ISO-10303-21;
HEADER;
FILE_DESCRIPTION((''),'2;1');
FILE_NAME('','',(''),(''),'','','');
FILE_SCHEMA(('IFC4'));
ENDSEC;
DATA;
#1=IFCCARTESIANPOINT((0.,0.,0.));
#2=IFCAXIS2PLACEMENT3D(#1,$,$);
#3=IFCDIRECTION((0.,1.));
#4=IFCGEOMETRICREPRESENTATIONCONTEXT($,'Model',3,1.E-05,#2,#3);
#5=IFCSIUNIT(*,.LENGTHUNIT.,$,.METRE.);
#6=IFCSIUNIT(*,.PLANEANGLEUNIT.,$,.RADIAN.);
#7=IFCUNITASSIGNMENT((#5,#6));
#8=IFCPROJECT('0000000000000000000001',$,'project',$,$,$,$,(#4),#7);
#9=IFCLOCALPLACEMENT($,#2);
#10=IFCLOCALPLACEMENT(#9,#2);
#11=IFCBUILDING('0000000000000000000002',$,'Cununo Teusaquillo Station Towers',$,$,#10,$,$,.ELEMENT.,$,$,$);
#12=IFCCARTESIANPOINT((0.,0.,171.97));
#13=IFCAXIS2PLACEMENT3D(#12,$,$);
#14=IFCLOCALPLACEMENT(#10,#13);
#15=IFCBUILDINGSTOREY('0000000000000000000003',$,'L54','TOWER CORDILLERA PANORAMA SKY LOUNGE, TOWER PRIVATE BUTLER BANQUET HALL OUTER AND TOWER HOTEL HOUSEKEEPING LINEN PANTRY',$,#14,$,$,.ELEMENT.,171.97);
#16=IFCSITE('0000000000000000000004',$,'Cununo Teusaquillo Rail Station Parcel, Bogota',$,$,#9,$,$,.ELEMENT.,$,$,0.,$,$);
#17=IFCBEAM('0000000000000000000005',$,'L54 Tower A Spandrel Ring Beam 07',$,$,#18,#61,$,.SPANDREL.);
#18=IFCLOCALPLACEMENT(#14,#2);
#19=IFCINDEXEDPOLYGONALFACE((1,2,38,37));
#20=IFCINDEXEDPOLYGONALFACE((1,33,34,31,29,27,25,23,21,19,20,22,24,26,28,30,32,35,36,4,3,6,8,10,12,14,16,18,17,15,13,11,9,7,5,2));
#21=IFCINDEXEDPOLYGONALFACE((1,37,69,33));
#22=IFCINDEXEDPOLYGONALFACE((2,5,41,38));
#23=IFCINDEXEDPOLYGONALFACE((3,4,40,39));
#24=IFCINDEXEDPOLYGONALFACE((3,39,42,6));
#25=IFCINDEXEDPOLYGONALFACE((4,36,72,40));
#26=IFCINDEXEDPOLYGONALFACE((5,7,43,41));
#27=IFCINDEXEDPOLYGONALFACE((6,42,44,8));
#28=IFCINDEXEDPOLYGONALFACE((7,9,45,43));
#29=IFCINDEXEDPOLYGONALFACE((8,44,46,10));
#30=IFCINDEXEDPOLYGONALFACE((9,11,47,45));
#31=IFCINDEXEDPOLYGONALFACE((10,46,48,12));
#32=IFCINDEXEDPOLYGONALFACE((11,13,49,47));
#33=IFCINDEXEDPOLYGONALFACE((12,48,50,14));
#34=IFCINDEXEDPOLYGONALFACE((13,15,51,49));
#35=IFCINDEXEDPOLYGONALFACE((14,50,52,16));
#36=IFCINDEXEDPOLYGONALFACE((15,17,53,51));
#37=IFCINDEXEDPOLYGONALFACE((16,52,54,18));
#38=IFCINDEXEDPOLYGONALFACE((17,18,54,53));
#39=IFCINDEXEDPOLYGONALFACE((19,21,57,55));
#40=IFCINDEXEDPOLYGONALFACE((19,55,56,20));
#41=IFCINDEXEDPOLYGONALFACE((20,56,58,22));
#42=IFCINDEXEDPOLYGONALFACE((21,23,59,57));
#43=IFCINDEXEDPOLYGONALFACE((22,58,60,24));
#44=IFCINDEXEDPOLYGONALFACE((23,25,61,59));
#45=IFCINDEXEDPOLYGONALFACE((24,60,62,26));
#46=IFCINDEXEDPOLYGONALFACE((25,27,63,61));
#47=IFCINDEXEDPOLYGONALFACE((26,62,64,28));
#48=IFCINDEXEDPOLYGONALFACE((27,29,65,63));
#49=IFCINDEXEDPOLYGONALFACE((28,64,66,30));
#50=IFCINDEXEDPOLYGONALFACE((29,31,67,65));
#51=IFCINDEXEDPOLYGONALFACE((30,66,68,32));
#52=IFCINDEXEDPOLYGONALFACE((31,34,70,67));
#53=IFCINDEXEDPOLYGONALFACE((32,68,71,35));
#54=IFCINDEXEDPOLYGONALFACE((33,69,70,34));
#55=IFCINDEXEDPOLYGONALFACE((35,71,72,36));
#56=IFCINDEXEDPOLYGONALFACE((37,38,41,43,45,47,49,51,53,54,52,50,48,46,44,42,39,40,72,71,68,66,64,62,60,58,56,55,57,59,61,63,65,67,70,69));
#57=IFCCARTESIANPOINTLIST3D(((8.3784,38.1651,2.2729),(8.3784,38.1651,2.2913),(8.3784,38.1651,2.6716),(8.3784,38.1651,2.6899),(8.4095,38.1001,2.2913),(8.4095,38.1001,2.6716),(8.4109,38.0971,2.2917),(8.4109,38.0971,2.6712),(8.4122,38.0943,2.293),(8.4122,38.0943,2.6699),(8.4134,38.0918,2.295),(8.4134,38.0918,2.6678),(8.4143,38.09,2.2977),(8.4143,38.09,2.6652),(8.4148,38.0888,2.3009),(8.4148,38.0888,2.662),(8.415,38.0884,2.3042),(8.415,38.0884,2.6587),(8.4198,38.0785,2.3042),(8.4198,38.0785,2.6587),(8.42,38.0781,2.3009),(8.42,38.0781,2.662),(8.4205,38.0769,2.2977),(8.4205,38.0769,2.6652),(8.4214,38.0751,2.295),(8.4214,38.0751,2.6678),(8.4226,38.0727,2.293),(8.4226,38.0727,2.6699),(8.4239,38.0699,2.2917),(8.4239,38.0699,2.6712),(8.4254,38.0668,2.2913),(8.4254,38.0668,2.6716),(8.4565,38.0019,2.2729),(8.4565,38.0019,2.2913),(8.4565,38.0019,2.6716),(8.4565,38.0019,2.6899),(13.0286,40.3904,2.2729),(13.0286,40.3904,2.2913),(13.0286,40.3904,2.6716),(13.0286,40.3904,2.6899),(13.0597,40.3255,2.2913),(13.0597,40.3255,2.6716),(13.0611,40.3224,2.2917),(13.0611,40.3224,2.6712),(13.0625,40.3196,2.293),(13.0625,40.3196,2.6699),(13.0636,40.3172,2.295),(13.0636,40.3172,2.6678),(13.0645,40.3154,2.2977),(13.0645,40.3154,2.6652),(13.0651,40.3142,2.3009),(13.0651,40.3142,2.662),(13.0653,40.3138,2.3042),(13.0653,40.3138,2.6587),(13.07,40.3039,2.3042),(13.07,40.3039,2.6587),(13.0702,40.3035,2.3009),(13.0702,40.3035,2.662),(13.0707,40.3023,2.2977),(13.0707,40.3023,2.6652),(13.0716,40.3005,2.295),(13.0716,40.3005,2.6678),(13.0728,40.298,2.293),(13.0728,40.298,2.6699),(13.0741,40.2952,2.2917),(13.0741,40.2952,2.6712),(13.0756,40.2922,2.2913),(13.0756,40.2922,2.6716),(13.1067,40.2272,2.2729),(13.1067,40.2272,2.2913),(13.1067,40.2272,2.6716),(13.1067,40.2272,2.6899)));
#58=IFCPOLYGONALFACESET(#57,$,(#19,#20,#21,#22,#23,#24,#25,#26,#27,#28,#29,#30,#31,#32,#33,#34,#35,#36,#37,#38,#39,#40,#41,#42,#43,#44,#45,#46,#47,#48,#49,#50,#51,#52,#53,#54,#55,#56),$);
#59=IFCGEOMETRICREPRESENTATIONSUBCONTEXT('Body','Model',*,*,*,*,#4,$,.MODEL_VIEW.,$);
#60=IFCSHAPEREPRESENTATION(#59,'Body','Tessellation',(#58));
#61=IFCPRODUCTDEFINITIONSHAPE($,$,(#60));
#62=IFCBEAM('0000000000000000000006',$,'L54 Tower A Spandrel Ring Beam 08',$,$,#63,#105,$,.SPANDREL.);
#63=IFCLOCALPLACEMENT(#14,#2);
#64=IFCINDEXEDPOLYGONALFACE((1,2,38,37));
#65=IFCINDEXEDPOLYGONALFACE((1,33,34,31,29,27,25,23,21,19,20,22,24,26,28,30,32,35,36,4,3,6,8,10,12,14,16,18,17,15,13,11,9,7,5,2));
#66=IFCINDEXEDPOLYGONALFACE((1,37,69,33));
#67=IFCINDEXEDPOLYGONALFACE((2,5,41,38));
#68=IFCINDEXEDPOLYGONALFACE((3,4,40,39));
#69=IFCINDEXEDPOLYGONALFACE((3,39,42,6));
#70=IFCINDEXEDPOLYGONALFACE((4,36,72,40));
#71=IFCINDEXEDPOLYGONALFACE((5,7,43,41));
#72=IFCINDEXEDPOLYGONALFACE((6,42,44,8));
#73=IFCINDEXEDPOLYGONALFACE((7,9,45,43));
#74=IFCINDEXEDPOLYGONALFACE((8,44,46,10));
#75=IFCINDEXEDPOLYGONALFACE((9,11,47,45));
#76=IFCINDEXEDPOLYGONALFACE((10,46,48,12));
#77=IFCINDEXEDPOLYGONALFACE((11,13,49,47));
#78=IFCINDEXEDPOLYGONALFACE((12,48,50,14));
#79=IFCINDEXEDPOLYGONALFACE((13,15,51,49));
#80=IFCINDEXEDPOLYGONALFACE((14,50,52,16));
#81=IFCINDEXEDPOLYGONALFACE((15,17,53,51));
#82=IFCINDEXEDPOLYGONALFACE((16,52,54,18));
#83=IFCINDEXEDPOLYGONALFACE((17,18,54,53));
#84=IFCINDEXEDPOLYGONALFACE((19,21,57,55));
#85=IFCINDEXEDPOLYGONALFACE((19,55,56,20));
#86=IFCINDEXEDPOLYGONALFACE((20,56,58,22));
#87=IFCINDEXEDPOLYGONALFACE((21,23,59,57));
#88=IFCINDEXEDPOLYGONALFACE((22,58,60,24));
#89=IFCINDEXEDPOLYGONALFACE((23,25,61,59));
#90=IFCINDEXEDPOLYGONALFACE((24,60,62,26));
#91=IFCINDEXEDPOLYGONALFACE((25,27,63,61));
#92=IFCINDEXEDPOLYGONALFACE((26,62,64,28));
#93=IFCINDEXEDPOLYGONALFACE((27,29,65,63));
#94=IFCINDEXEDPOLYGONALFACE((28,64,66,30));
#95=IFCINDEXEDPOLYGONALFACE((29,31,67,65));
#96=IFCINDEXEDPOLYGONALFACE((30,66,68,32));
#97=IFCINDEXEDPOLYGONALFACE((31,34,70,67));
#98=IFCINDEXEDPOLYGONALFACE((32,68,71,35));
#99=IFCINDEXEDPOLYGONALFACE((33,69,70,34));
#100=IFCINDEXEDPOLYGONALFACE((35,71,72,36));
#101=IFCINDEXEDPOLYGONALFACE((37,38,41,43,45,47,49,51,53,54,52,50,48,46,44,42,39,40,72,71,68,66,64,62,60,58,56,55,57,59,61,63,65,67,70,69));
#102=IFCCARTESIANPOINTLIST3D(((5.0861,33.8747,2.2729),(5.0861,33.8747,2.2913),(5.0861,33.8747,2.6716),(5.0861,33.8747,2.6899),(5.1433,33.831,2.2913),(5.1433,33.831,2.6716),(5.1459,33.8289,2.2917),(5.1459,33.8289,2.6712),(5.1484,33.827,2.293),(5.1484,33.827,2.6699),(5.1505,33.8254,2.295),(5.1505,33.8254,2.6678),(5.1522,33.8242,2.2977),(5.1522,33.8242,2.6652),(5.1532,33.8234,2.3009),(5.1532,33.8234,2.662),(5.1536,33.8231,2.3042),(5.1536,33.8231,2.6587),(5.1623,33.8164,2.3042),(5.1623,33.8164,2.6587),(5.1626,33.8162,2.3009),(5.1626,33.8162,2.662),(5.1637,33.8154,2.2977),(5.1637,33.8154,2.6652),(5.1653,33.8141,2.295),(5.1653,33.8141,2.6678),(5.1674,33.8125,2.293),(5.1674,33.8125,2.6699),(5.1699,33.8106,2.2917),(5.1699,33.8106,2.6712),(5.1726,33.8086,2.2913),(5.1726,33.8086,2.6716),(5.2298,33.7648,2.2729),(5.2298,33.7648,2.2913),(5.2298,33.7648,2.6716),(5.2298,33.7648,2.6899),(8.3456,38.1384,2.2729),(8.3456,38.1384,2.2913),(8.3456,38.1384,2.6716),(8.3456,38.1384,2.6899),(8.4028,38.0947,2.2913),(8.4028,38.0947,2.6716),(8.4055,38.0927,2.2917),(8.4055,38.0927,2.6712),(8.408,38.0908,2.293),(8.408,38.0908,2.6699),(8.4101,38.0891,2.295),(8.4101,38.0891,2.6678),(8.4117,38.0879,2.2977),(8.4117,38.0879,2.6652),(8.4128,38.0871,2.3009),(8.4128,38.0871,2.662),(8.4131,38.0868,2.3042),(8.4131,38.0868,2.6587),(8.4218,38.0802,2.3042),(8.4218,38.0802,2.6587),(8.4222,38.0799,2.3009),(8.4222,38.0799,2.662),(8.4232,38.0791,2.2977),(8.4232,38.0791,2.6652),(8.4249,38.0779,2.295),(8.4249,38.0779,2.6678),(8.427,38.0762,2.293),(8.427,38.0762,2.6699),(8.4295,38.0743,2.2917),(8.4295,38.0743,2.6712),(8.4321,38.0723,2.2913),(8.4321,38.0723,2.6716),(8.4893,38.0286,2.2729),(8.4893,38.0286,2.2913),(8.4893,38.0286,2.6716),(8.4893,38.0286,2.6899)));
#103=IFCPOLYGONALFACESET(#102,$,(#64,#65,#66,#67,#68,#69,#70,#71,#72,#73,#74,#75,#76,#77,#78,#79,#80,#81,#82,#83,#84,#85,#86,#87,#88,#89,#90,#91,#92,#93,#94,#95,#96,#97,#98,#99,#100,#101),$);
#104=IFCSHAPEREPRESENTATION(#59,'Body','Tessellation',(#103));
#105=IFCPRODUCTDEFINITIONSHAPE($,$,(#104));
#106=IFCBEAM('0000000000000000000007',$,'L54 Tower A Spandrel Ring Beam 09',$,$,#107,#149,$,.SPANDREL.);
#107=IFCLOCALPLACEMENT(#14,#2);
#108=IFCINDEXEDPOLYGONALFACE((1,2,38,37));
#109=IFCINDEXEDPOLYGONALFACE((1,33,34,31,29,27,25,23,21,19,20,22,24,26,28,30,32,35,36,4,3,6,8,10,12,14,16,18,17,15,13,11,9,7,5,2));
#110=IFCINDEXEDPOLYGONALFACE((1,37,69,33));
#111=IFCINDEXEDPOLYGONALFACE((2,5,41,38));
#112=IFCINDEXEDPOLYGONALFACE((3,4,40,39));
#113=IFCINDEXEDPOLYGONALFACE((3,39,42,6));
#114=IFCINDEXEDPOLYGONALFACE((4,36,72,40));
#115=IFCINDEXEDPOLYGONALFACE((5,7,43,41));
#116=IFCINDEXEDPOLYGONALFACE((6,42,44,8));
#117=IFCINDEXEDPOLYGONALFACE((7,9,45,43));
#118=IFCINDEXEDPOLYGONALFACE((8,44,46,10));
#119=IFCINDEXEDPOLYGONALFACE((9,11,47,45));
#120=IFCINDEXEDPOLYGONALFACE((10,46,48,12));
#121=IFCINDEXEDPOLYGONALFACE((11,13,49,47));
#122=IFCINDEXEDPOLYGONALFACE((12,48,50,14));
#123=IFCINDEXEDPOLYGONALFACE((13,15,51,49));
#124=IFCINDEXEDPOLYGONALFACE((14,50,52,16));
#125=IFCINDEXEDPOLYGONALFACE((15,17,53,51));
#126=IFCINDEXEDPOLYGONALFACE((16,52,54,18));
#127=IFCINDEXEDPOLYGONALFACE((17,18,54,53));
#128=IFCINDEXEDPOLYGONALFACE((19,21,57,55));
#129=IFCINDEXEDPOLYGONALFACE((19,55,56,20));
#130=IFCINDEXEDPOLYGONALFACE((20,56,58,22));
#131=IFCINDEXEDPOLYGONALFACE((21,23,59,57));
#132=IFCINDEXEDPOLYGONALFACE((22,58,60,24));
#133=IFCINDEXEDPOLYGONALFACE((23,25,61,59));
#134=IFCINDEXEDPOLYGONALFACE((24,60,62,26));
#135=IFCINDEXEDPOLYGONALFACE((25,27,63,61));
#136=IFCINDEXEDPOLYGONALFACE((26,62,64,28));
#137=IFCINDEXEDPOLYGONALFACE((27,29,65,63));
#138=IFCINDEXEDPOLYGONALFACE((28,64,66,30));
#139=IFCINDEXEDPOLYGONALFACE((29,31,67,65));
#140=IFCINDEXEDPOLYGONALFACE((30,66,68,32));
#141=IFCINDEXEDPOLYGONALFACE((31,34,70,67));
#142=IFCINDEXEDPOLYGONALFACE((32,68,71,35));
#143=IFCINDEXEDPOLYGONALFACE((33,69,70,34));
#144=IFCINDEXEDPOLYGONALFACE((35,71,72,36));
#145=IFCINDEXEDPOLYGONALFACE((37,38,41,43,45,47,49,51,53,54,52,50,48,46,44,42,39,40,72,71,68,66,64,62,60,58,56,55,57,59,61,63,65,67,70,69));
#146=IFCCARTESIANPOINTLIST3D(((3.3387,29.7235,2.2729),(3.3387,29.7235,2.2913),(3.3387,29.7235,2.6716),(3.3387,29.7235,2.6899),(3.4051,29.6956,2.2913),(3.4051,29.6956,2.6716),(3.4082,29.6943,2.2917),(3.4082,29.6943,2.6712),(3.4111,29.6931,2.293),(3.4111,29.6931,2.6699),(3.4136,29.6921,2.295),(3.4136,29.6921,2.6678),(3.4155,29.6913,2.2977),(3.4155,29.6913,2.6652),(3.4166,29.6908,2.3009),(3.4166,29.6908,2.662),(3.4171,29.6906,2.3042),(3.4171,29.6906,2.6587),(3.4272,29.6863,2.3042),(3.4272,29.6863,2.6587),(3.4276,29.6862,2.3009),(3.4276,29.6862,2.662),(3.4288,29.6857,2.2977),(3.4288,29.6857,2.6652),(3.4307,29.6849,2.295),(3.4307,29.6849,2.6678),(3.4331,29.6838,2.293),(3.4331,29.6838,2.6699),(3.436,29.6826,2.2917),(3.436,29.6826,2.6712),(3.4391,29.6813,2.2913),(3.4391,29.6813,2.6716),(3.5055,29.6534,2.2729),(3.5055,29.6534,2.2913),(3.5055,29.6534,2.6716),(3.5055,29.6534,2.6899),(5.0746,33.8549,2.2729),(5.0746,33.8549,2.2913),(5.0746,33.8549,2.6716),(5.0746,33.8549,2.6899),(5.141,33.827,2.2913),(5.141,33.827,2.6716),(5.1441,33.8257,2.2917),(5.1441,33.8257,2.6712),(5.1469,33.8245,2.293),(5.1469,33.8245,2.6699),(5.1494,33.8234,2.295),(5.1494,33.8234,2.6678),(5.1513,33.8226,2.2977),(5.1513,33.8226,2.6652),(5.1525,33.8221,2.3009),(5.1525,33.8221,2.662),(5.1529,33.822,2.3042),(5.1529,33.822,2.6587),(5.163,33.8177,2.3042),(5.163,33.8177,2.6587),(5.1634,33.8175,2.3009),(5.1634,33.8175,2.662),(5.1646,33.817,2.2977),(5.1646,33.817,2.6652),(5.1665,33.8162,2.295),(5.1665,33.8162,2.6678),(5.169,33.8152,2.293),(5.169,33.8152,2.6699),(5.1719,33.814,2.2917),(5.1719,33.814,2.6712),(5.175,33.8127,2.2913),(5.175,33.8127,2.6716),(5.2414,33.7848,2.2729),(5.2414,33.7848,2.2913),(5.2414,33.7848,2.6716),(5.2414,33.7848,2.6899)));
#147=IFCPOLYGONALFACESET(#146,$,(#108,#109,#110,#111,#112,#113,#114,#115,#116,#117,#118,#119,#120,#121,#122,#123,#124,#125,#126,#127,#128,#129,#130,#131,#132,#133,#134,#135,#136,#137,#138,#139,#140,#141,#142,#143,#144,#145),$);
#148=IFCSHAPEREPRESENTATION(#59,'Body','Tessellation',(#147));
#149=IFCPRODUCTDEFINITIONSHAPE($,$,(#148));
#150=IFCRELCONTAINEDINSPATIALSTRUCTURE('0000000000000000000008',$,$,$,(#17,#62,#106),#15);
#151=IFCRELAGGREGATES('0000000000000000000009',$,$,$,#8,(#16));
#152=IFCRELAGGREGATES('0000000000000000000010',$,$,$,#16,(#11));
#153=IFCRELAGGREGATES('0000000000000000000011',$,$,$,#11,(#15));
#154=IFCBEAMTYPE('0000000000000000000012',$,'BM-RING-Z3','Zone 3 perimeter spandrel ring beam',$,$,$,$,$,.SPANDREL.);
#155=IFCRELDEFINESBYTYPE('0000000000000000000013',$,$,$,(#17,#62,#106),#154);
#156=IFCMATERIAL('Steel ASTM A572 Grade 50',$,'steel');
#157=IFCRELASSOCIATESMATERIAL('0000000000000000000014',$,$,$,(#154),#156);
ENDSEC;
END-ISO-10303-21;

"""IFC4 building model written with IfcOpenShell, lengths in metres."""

from ifc_helpers import new_model, si_unit, direction, frame, origin, origin_2d, place, context, subcontext, project, spatial, i_section, extrude, material, material_profile, profile_set, type_object, element, save


model = new_model("IFC4")

# Units and contexts
model_context = context("Model", 3, precision=1e-05, world=origin(), true_north=direction((0.0, 1.0)))
body_context = subcontext(model_context, "Body", "Model", "MODEL_VIEW")
ifc_project = project(units=[si_unit("LENGTHUNIT", "METRE"), si_unit("PLANEANGLEUNIT", "RADIAN")], contexts=[model_context])

# Site, building, storey
site_placement = place(None, origin())
site = spatial("IfcSite", under=ifc_project, at=site_placement, Name="Cununo Teusaquillo Rail Station Parcel, Bogota", CompositionType="ELEMENT", RefElevation=0.0)
building_placement = place(site_placement, origin())
building = spatial("IfcBuilding", under=site, at=building_placement, Name="Cununo Teusaquillo Station Towers", CompositionType="ELEMENT")
storey_placement = place(building_placement, frame((0.0, 0.0, 171.97)))
storey = spatial("IfcBuildingStorey", under=building, at=storey_placement, Name="L54", Description="TOWER CORDILLERA PANORAMA SKY LOUNGE, TOWER PRIVATE BUTLER BANQUET HALL OUTER AND TOWER HOTEL HOUSEKEEPING LINEN PANTRY", CompositionType="ELEMENT", Elevation=171.97)

# Beams
ifc_material_1 = material(Name="Steel ASTM A572 Grade 50", Category="steel")
ifc_material_profile_1 = material_profile(ifc_material_1, i_section(OverallWidth=0.1809, OverallDepth=0.417, WebThickness=0.011, FlangeThickness=0.0183, FilletRadius=0.0129, at=origin_2d()), Name="W16X57")
ifc_profile_set_1 = profile_set([ifc_material_profile_1], Name="Steel ASTM A572 Grade 50")
beam_type_1 = type_object("IfcBeamType", Name="BM-RING-Z3", Description="Zone 3 perimeter spandrel ring beam", PredefinedType="SPANDREL", material=ifc_profile_set_1)
beam_1_placement = place(storey_placement, frame((13.0676, 40.3088, 2.4814), z_axis=(-0.902032, -0.43167, 0.0), x_axis=(0.43167, -0.902032, 0.0)))
element("IfcBeam", 1, at=beam_1_placement, inside=storey, type_object=beam_type_1, Name="L54 Tower A Spandrel Ring Beam 07", PredefinedType="SPANDREL", context=body_context, shape_type="SweptSolid", body=[
    extrude(i_section(OverallWidth=0.1809, OverallDepth=0.417, WebThickness=0.011, FlangeThickness=0.0183, FilletRadius=0.0129, at=origin_2d()), origin(), (0.0, 0.0, 1.0), 5.1553),
])
beam_2_placement = place(storey_placement, frame((8.4175, 38.0835, 2.4814), z_axis=(-0.60734, -0.794442, 0.0), x_axis=(0.794442, -0.60734, 0.0)))
element("IfcBeam", 2, at=beam_2_placement, inside=storey, type_object=beam_type_1, Name="L54 Tower A Spandrel Ring Beam 08", PredefinedType="SPANDREL", context=body_context, shape_type="SweptSolid", body=[
    extrude(i_section(OverallWidth=0.1809, OverallDepth=0.417, WebThickness=0.011, FlangeThickness=0.0183, FilletRadius=0.0129, at=origin_2d()), origin(), (0.0, 0.0, 1.0), 5.3669),
])
beam_3_placement = place(storey_placement, frame((5.158, 33.8198, 2.4814), z_axis=(-0.38736, -0.921928, 0.0), x_axis=(0.921928, -0.38736, 0.0)))
element("IfcBeam", 3, at=beam_3_placement, inside=storey, type_object=beam_type_1, Name="L54 Tower A Spandrel Ring Beam 09", PredefinedType="SPANDREL", context=body_context, shape_type="SweptSolid", body=[
    extrude(i_section(OverallWidth=0.1809, OverallDepth=0.417, WebThickness=0.011, FlangeThickness=0.0183, FilletRadius=0.0129, at=origin_2d()), origin(), (0.0, 0.0, 1.0), 4.4812),
])

save(model, "model.ifc")
